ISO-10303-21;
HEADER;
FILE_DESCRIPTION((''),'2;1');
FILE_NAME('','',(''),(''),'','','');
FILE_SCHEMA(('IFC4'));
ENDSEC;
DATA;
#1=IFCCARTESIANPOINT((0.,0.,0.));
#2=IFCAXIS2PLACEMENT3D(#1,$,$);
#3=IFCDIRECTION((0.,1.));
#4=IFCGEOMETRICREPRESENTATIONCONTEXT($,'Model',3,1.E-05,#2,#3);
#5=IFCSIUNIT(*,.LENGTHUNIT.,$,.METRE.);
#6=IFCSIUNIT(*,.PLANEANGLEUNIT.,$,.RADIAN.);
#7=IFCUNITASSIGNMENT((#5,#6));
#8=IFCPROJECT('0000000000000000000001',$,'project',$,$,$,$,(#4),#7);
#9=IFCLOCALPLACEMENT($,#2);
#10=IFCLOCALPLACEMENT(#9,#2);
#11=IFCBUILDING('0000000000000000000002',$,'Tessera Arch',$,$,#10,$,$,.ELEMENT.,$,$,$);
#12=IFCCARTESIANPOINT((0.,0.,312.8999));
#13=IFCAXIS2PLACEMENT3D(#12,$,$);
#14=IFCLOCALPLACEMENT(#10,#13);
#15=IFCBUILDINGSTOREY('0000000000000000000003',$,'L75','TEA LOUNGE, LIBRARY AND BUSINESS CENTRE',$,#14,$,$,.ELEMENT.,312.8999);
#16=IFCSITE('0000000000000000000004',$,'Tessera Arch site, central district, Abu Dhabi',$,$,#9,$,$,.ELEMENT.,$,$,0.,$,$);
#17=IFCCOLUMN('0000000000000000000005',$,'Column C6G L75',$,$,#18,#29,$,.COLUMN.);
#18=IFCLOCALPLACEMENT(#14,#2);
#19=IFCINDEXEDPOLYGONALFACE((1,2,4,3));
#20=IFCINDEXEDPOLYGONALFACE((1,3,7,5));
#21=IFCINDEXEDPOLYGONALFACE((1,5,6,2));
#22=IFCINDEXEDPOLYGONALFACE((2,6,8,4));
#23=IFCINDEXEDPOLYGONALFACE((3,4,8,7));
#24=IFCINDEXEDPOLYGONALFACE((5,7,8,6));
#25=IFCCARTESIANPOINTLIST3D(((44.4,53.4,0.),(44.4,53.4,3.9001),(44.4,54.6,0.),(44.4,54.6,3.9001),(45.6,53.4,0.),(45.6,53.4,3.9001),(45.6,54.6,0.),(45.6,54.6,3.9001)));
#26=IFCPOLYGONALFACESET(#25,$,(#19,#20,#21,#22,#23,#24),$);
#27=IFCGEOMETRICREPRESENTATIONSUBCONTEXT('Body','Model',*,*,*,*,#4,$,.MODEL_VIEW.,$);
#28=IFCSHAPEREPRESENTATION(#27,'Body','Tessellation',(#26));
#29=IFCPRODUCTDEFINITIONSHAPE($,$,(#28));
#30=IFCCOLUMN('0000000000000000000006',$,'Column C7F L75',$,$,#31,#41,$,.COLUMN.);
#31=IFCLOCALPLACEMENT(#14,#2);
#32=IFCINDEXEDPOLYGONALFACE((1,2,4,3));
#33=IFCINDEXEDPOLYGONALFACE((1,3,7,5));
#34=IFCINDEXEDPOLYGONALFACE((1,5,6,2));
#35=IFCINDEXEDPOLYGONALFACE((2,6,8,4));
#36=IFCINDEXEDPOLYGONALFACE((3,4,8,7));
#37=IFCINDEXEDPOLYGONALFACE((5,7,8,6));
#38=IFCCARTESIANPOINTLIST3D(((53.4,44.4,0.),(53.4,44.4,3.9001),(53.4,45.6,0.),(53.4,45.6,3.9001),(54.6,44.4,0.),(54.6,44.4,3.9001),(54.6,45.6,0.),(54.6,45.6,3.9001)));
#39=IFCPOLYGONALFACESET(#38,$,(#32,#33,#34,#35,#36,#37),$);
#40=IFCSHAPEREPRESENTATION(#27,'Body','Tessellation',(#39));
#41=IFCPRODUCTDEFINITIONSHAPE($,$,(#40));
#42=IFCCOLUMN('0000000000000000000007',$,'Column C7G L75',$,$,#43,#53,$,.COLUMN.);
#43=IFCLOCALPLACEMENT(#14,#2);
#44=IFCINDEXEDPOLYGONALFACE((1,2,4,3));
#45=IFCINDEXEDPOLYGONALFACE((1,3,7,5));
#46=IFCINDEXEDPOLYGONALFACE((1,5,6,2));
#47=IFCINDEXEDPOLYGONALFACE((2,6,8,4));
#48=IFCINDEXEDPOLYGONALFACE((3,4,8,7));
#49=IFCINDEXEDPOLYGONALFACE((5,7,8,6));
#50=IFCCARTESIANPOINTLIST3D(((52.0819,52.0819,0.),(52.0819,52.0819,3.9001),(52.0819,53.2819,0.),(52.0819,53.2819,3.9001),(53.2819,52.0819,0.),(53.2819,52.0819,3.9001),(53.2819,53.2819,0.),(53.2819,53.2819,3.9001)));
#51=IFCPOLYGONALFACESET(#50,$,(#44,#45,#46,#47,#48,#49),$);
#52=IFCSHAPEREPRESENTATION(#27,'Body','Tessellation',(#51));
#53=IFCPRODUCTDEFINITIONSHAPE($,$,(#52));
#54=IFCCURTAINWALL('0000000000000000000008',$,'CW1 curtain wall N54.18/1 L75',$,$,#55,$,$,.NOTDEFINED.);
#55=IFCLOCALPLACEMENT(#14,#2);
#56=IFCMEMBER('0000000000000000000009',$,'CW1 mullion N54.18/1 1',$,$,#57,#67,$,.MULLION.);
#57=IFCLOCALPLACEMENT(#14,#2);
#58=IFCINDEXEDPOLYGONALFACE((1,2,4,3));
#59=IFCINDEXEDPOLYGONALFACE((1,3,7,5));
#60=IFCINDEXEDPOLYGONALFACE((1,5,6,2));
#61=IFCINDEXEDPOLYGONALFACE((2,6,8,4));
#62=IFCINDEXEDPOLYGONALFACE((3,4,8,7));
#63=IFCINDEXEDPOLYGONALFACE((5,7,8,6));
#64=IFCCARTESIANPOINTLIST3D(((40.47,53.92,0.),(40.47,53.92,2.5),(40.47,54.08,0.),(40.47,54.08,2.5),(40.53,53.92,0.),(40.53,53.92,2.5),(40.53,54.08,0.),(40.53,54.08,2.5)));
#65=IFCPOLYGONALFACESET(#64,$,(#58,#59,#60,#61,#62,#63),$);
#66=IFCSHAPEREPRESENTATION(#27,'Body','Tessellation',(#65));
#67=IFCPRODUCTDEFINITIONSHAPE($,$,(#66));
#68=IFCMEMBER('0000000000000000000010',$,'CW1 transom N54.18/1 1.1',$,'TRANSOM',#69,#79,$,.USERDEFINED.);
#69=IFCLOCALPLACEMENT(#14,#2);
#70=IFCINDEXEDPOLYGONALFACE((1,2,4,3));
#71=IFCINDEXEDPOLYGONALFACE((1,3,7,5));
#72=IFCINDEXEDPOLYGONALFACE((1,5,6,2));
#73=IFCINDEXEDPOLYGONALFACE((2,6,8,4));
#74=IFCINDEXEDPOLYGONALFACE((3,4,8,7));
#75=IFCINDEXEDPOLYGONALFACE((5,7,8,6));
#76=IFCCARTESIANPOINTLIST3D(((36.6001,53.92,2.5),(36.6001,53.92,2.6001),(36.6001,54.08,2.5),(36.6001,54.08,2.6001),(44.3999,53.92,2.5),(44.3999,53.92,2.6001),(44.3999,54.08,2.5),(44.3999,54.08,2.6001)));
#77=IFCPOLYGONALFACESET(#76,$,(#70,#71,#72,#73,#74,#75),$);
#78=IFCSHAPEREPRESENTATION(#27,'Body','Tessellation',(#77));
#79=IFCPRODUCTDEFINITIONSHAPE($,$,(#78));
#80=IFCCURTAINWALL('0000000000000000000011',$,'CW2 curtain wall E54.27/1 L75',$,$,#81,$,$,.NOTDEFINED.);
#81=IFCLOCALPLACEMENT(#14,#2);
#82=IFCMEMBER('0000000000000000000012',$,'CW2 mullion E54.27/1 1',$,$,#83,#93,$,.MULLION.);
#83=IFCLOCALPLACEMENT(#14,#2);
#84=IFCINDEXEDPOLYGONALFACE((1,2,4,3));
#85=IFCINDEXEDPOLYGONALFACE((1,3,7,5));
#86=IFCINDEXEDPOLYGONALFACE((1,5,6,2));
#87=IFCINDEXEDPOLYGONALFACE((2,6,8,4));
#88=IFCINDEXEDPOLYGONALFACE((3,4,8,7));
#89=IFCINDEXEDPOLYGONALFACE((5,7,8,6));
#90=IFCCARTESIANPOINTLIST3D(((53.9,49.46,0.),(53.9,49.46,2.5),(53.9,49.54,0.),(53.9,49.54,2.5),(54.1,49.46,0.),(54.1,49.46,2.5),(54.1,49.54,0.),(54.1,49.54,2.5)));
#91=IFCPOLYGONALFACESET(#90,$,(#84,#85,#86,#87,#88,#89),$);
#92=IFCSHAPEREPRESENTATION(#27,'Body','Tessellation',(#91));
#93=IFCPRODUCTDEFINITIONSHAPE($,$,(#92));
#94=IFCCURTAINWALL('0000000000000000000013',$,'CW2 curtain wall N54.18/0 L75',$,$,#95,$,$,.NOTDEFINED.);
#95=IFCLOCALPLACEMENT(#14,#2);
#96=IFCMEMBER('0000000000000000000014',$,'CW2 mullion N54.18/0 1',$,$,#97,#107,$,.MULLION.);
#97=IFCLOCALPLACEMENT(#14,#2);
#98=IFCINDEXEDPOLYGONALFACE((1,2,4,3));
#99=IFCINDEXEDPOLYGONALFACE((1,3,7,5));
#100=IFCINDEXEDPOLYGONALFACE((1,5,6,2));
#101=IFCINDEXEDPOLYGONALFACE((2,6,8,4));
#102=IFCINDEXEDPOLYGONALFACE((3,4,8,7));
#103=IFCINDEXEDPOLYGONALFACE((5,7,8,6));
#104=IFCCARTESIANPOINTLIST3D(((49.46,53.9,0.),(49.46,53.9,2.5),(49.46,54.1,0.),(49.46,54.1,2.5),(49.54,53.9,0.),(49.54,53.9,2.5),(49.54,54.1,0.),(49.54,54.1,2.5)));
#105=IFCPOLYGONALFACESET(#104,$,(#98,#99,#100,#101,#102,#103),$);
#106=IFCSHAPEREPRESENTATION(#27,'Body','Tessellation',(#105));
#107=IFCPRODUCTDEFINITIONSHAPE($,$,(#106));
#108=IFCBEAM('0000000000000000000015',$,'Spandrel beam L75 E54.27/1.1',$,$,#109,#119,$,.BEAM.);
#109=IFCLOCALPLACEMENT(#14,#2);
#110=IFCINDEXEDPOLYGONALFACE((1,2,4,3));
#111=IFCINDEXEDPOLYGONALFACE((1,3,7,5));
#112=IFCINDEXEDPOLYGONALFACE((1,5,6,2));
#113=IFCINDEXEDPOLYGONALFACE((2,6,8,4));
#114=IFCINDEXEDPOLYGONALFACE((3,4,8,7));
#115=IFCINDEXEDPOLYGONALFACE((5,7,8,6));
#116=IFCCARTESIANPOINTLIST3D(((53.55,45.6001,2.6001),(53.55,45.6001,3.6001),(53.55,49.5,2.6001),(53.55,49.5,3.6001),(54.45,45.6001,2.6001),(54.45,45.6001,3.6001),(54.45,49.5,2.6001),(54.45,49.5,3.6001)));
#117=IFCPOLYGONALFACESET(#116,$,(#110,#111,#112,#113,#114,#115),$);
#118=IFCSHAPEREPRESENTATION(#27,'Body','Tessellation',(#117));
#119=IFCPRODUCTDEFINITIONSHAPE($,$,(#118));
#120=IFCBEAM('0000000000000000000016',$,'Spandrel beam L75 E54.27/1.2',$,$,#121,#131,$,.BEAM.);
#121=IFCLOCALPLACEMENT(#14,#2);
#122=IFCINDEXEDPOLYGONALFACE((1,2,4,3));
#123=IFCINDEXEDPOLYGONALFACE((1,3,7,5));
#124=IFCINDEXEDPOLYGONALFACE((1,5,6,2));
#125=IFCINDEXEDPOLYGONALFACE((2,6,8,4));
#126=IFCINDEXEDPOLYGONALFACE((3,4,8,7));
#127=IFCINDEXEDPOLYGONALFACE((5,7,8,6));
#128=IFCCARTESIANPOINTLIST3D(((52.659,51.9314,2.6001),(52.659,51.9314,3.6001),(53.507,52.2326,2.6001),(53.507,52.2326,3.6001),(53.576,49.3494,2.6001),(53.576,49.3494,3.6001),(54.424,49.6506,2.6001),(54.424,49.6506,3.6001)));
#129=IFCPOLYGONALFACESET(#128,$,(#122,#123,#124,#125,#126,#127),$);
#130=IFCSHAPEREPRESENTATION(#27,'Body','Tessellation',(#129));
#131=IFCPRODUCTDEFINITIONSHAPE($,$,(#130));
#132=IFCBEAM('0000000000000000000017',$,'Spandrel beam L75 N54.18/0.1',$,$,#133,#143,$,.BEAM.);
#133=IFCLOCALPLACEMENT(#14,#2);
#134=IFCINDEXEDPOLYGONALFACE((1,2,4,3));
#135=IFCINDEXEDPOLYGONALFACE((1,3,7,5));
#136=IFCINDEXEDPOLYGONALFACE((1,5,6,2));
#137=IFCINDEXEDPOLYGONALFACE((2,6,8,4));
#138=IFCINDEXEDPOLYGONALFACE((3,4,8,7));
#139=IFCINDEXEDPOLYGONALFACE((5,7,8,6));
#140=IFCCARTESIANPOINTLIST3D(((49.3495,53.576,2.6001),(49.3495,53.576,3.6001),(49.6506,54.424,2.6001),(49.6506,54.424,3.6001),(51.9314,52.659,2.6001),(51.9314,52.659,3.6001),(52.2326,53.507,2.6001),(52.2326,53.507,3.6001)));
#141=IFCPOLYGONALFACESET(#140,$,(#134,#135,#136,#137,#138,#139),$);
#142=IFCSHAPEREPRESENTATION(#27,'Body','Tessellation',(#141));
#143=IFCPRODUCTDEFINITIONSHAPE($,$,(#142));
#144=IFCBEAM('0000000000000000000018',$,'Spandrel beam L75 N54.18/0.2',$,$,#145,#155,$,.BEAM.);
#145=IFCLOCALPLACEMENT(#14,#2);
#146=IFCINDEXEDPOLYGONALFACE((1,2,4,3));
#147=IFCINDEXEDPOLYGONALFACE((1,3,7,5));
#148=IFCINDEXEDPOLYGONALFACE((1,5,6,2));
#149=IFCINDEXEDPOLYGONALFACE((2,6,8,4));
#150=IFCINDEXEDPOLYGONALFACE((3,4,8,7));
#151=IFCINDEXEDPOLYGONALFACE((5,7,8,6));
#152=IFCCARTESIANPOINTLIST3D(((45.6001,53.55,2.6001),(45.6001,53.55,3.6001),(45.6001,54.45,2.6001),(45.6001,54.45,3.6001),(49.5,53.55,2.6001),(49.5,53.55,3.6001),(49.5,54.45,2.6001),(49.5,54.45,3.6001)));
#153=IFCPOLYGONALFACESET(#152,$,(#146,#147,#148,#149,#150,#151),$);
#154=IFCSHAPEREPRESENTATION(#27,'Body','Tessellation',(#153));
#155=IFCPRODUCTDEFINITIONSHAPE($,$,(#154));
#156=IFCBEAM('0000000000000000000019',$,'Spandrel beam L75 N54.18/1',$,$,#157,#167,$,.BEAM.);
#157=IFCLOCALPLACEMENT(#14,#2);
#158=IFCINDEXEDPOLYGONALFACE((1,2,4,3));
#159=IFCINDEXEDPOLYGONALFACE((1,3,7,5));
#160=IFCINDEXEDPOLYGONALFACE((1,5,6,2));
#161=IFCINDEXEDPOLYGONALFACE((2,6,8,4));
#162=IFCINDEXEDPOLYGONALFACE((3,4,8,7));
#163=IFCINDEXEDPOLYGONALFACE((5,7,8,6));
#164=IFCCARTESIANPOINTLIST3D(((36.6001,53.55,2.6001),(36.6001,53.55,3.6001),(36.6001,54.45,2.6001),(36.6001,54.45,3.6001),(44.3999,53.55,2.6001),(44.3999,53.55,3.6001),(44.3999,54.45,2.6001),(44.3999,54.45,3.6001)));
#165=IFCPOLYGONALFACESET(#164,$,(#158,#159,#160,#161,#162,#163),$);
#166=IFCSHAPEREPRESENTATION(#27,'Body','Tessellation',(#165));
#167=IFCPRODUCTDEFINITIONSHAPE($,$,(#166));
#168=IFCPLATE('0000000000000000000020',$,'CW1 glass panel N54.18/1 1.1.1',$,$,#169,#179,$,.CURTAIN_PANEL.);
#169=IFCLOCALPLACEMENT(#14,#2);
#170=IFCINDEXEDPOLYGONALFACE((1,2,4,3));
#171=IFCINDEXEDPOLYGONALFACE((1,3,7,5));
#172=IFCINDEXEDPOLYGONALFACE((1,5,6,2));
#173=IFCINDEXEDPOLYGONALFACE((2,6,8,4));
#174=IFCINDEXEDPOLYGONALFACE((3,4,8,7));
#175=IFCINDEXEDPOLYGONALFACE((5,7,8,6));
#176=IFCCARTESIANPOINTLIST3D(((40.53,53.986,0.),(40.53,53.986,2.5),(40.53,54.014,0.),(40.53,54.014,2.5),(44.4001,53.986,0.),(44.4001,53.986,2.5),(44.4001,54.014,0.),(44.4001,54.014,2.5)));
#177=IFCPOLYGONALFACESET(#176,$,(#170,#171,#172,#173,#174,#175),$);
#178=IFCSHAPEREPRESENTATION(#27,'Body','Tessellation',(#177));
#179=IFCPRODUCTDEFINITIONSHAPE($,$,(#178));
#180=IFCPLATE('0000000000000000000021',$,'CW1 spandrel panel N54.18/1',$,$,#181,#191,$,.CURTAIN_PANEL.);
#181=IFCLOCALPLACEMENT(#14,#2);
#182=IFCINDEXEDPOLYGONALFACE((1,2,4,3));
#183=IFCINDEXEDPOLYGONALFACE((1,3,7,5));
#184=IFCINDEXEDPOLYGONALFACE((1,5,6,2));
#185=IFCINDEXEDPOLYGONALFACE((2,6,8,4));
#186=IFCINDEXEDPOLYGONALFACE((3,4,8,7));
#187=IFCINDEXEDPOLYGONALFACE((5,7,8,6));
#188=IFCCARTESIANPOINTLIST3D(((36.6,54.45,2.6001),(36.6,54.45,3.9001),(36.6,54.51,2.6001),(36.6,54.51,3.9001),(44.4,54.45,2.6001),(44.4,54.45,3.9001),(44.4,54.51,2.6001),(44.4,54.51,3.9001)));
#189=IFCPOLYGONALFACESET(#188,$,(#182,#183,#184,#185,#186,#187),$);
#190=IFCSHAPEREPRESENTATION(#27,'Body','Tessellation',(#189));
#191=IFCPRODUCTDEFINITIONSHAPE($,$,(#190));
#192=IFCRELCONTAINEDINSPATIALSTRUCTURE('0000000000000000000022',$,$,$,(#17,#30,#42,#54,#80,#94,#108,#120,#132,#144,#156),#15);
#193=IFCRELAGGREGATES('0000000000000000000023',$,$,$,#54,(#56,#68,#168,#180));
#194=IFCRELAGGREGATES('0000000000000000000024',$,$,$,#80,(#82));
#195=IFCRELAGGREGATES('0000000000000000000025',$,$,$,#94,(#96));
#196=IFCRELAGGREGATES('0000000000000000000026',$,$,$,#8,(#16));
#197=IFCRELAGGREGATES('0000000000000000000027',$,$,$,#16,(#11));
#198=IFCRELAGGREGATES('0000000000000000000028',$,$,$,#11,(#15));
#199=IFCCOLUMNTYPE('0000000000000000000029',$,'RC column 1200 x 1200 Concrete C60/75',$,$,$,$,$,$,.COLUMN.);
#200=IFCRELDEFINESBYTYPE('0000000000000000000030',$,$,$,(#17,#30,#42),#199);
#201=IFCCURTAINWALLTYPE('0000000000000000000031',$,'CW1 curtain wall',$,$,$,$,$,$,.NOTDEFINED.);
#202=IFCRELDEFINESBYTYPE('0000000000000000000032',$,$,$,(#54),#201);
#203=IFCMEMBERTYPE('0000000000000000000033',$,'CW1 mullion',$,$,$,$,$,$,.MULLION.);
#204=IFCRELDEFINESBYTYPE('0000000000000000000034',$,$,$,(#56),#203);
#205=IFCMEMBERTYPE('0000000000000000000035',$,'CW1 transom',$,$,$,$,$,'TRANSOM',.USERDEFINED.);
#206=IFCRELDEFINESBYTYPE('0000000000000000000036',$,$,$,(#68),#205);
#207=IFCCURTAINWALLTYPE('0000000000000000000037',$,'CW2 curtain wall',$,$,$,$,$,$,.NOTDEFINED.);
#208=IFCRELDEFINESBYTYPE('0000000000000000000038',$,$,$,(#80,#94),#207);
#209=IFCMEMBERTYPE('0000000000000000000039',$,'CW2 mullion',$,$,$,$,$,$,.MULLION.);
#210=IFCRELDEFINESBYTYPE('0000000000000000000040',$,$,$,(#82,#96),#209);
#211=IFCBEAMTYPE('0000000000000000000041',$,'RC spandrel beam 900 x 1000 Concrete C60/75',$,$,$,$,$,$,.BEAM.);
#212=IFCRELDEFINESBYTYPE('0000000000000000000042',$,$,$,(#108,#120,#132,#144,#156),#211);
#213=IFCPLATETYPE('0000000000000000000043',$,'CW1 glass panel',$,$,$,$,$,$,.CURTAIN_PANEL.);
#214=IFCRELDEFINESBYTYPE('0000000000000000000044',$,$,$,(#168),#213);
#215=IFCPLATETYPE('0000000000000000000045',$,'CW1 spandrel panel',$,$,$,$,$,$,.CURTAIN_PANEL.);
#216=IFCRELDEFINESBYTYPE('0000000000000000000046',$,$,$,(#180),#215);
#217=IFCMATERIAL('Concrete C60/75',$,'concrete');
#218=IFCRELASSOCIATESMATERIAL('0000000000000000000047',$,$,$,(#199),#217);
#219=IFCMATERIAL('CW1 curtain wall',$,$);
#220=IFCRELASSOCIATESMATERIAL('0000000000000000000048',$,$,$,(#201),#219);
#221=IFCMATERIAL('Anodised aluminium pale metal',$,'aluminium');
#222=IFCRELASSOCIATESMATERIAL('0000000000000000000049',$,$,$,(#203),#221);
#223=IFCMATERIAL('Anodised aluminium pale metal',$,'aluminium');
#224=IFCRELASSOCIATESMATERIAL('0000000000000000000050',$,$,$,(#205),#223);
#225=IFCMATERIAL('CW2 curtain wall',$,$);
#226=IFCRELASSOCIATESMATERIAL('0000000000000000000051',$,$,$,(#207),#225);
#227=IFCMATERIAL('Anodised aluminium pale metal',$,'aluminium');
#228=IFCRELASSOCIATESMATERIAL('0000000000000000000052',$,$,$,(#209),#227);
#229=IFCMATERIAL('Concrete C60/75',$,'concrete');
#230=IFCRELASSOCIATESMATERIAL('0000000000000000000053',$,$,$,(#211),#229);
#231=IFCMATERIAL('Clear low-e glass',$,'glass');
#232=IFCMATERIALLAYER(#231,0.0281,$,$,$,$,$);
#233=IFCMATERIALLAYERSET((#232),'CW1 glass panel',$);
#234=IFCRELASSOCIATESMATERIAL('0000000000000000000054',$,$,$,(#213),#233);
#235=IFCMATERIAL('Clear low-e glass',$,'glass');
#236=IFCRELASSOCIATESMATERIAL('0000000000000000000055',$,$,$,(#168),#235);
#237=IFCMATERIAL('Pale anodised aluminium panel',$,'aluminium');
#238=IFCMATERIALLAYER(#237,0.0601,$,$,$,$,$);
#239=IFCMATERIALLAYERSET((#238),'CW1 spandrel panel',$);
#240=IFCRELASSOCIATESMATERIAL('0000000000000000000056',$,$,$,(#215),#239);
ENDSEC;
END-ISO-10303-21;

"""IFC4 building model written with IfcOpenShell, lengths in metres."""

from ifc_helpers import new_model, si_unit, direction, frame, origin, origin_2d, place, context, subcontext, project, spatial, rectangle, extrude, material, layer, layer_set, material_profile, profile_set, type_object, element, aggregate, save


model = new_model("IFC4")

# Units and contexts
model_context = context("Model", 3, precision=1e-05, world=origin(), true_north=direction((0.0, 1.0)))
body_context = subcontext(model_context, "Body", "Model", "MODEL_VIEW")
ifc_project = project(units=[si_unit("LENGTHUNIT", "METRE"), si_unit("PLANEANGLEUNIT", "RADIAN")], contexts=[model_context])

# Site, building, storey
site_placement = place(None, origin())
site = spatial("IfcSite", under=ifc_project, at=site_placement, Name="Tessera Arch site, central district, Abu Dhabi", CompositionType="ELEMENT", RefElevation=0.0)
building_placement = place(site_placement, origin())
building = spatial("IfcBuilding", under=site, at=building_placement, Name="Tessera Arch", CompositionType="ELEMENT")
storey_placement = place(building_placement, frame((0.0, 0.0, 312.8999)))
storey = spatial("IfcBuildingStorey", under=building, at=storey_placement, Name="L75", Description="TEA LOUNGE, LIBRARY AND BUSINESS CENTRE", CompositionType="ELEMENT", Elevation=312.8999)

# Columns
ifc_material_1 = material(Name="Concrete C60/75", Category="concrete")
ifc_material_profile_1 = material_profile(ifc_material_1, rectangle(XDim=1.2, YDim=1.2, at=origin_2d()), Name="RC column 1200 x 1200 Concrete C60/75")
ifc_profile_set_1 = profile_set([ifc_material_profile_1], Name="Concrete C60/75")
column_type = type_object("IfcColumnType", Name="RC column 1200 x 1200 Concrete C60/75", PredefinedType="COLUMN", material=ifc_profile_set_1)
for number, where, z_axis, x_axis, name in (
    (1, (45.0, 54.0, 0.0), (0.0, 0.0, 1.0), (1.0, 0.0, 0.0), "Column C6G L75"),
    (2, (54.0, 45.0, 0.0), (0.0, 0.0, 1.0), (1.0, 0.0, 0.0), "Column C7F L75"),
    (3, (52.6819, 52.6819, 0.0), (0.0, 0.0, 1.0), (1.0, 0.0, 0.0), "Column C7G L75"),
):
    element("IfcColumn", number, at=place(storey_placement, frame(where, z_axis=z_axis, x_axis=x_axis)), inside=storey, type_object=column_type, Name=name, PredefinedType="COLUMN", context=body_context, shape_type="SweptSolid", body=[
        extrude(rectangle(XDim=1.2, YDim=1.2, at=origin_2d()), origin(), (0.0, 0.0, 1.0), 3.9001),
    ])

# Curtain wall, members
ifc_material_2 = material(Name="CW1 curtain wall")
curtain_wall_type_1 = type_object("IfcCurtainWallType", Name="CW1 curtain wall", PredefinedType="NOTDEFINED", material=ifc_material_2)
curtain_wall_1_placement = place(storey_placement, origin())
curtain_wall_1 = element("IfcCurtainWall", 4, at=curtain_wall_1_placement, inside=storey, type_object=curtain_wall_type_1, Name="CW1 curtain wall N54.18/1 L75", PredefinedType="NOTDEFINED")
ifc_material_3 = material(Name="Anodised aluminium pale metal", Category="aluminium")
ifc_material_profile_2 = material_profile(ifc_material_3, rectangle(XDim=0.1599, YDim=0.0601, at=origin_2d()), Name="AL 60x160")
ifc_profile_set_2 = profile_set([ifc_material_profile_2], Name="Anodised aluminium pale metal")
member_type_1 = type_object("IfcMemberType", Name="CW1 mullion", PredefinedType="MULLION", material=ifc_profile_set_2)
member_1_placement = place(storey_placement, frame((40.5, 54.0, 0.0), z_axis=(0.0, 0.0, 1.0), x_axis=(0.0, -1.0, 0.0)))
member_1 = element("IfcMember", 5, at=member_1_placement, type_object=member_type_1, Name="CW1 mullion N54.18/1 1", PredefinedType="MULLION", context=body_context, shape_type="SweptSolid", body=[
    extrude(rectangle(XDim=0.1599, YDim=0.0601, at=origin_2d()), origin(), (0.0, 0.0, 1.0), 2.5),
])
ifc_material_4 = material(Name="Anodised aluminium pale metal", Category="aluminium")
ifc_material_profile_3 = material_profile(ifc_material_4, rectangle(XDim=0.1599, YDim=0.1001, at=origin_2d()), Name="AL 160x100")
ifc_profile_set_3 = profile_set([ifc_material_profile_3], Name="Anodised aluminium pale metal")
member_type_2 = type_object("IfcMemberType", Name="CW1 transom", ElementType="TRANSOM", PredefinedType="USERDEFINED", material=ifc_profile_set_3)
member_2_placement = place(storey_placement, frame((44.3999, 54.0, 2.55), z_axis=(-1.0, 0.0, 0.0), x_axis=(0.0, -1.0, 0.0)))
member_2 = element("IfcMember", 6, at=member_2_placement, type_object=member_type_2, Name="CW1 transom N54.18/1 1.1", ObjectType="TRANSOM", PredefinedType="USERDEFINED", context=body_context, shape_type="SweptSolid", body=[
    extrude(rectangle(XDim=0.1599, YDim=0.1001, at=origin_2d()), origin(), (0.0, 0.0, 1.0), 7.7998),
])

# Curtain walls, members
ifc_material_5 = material(Name="CW2 curtain wall")
curtain_wall_type_2 = type_object("IfcCurtainWallType", Name="CW2 curtain wall", PredefinedType="NOTDEFINED", material=ifc_material_5)
curtain_wall_2_placement = place(storey_placement, origin())
curtain_wall_2 = element("IfcCurtainWall", 7, at=curtain_wall_2_placement, inside=storey, type_object=curtain_wall_type_2, Name="CW2 curtain wall E54.27/1 L75", PredefinedType="NOTDEFINED")
ifc_material_6 = material(Name="Anodised aluminium pale metal", Category="aluminium")
ifc_material_profile_4 = material_profile(ifc_material_6, rectangle(XDim=0.2, YDim=0.0801, at=origin_2d()), Name="AL 80x200")
ifc_profile_set_4 = profile_set([ifc_material_profile_4], Name="Anodised aluminium pale metal")
member_type_3 = type_object("IfcMemberType", Name="CW2 mullion", PredefinedType="MULLION", material=ifc_profile_set_4)
member_3_placement = place(storey_placement, frame((54.0, 49.5, 0.0), z_axis=(0.0, 0.0, 1.0), x_axis=(-1.0, 0.0, 0.0)))
member_3 = element("IfcMember", 8, at=member_3_placement, type_object=member_type_3, Name="CW2 mullion E54.27/1 1", PredefinedType="MULLION", context=body_context, shape_type="SweptSolid", body=[
    extrude(rectangle(XDim=0.2, YDim=0.0801, at=origin_2d()), origin(), (0.0, 0.0, 1.0), 2.5),
])
curtain_wall_3_placement = place(storey_placement, origin())
curtain_wall_3 = element("IfcCurtainWall", 9, at=curtain_wall_3_placement, inside=storey, type_object=curtain_wall_type_2, Name="CW2 curtain wall N54.18/0 L75", PredefinedType="NOTDEFINED")
member_4_placement = place(storey_placement, frame((49.5, 54.0, 0.0), z_axis=(0.0, 0.0, 1.0), x_axis=(0.0, -1.0, 0.0)))
member_4 = element("IfcMember", 10, at=member_4_placement, type_object=member_type_3, Name="CW2 mullion N54.18/0 1", PredefinedType="MULLION", context=body_context, shape_type="SweptSolid", body=[
    extrude(rectangle(XDim=0.2, YDim=0.0801, at=origin_2d()), origin(), (0.0, 0.0, 1.0), 2.5),
])

# Beams
ifc_material_7 = material(Name="Concrete C60/75", Category="concrete")
ifc_material_profile_5 = material_profile(ifc_material_7, rectangle(XDim=0.8999, YDim=1.0, at=origin_2d()), Name="RC spandrel beam 900 x 1000 Concrete C60/75")
ifc_profile_set_5 = profile_set([ifc_material_profile_5], Name="Concrete C60/75")
beam_type = type_object("IfcBeamType", Name="RC spandrel beam 900 x 1000 Concrete C60/75", PredefinedType="BEAM", material=ifc_profile_set_5)
beam_1_placement = place(storey_placement, frame((54.0, 45.6001, 3.1001), z_axis=(0.0, 1.0, 0.0), x_axis=(-1.0, 0.0, 0.0)))
element("IfcBeam", 11, at=beam_1_placement, inside=storey, type_object=beam_type, Name="Spandrel beam L75 E54.27/1.1", PredefinedType="BEAM", context=body_context, shape_type="SweptSolid", body=[
    extrude(rectangle(XDim=0.8999, YDim=1.0, at=origin_2d()), origin(), (0.0, 0.0, 1.0), 3.8999),
])
for number, where, z_axis, x_axis, name in (
    (12, (54.0, 49.5, 3.1001), (-0.334665, 0.942337, 0.0), (-0.942337, -0.334665, 0.0), "Spandrel beam L75 E54.27/1.2"),
    (13, (52.082, 53.083, 3.1001), (-0.942337, 0.334665, 0.0), (-0.334665, -0.942337, 0.0), "Spandrel beam L75 N54.18/0.1"),
):
    element("IfcBeam", number, at=place(storey_placement, frame(where, z_axis=z_axis, x_axis=x_axis)), inside=storey, type_object=beam_type, Name=name, PredefinedType="BEAM", context=body_context, shape_type="SweptSolid", body=[
        extrude(rectangle(XDim=0.8999, YDim=1.0, at=origin_2d()), origin(), (0.0, 0.0, 1.0), 2.74),
    ])
beam_2_placement = place(storey_placement, frame((49.5, 54.0, 3.1001), z_axis=(-1.0, 0.0, 0.0), x_axis=(0.0, -1.0, 0.0)))
element("IfcBeam", 14, at=beam_2_placement, inside=storey, type_object=beam_type, Name="Spandrel beam L75 N54.18/0.2", PredefinedType="BEAM", context=body_context, shape_type="SweptSolid", body=[
    extrude(rectangle(XDim=0.8999, YDim=1.0, at=origin_2d()), origin(), (0.0, 0.0, 1.0), 3.8999),
])
beam_3_placement = place(storey_placement, frame((44.3999, 54.0, 3.1001), z_axis=(-1.0, 0.0, 0.0), x_axis=(0.0, -1.0, 0.0)))
element("IfcBeam", 15, at=beam_3_placement, inside=storey, type_object=beam_type, Name="Spandrel beam L75 N54.18/1", PredefinedType="BEAM", context=body_context, shape_type="SweptSolid", body=[
    extrude(rectangle(XDim=0.8999, YDim=1.0, at=origin_2d()), origin(), (0.0, 0.0, 1.0), 7.7998),
])

# Plates
ifc_material_8 = material(Name="Clear low-e glass", Category="glass")
ifc_material_9 = material(Name="Clear low-e glass", Category="glass")
ifc_layer_1 = layer(ifc_material_9, 0.0281)
ifc_layer_set_1 = layer_set([ifc_layer_1], Name="CW1 glass panel")
plate_type_1 = type_object("IfcPlateType", Name="CW1 glass panel", PredefinedType="CURTAIN_PANEL", material=ifc_layer_set_1)
plate_1_placement = place(storey_placement, frame((42.4651, 54.0, 0.0), z_axis=(0.0, 0.0, 1.0), x_axis=(-1.0, 0.0, 0.0)))
plate_1 = element("IfcPlate", 16, at=plate_1_placement, type_object=plate_type_1, material=ifc_material_8, Name="CW1 glass panel N54.18/1 1.1.1", PredefinedType="CURTAIN_PANEL", context=body_context, shape_type="SweptSolid", body=[
    extrude(rectangle(XDim=3.8701, YDim=0.0281, at=origin_2d()), origin(), (0.0, 0.0, 1.0), 2.5),
])
ifc_material_10 = material(Name="Pale anodised aluminium panel", Category="aluminium")
ifc_layer_2 = layer(ifc_material_10, 0.0601)
ifc_layer_set_2 = layer_set([ifc_layer_2], Name="CW1 spandrel panel")
plate_type_2 = type_object("IfcPlateType", Name="CW1 spandrel panel", PredefinedType="CURTAIN_PANEL", material=ifc_layer_set_2)
plate_2_placement = place(storey_placement, frame((40.5, 54.48, 2.6001), z_axis=(0.0, 0.0, 1.0), x_axis=(-1.0, 0.0, 0.0)))
plate_2 = element("IfcPlate", 17, at=plate_2_placement, type_object=plate_type_2, Name="CW1 spandrel panel N54.18/1", PredefinedType="CURTAIN_PANEL", context=body_context, shape_type="SweptSolid", body=[
    extrude(rectangle(XDim=7.8, YDim=0.0601, at=origin_2d()), origin(), (0.0, 0.0, 1.0), 1.3),
])
aggregate(curtain_wall_1, [member_1, member_2, plate_1, plate_2])
aggregate(curtain_wall_2, [member_3])
aggregate(curtain_wall_3, [member_4])

save(model, "model.ifc")
